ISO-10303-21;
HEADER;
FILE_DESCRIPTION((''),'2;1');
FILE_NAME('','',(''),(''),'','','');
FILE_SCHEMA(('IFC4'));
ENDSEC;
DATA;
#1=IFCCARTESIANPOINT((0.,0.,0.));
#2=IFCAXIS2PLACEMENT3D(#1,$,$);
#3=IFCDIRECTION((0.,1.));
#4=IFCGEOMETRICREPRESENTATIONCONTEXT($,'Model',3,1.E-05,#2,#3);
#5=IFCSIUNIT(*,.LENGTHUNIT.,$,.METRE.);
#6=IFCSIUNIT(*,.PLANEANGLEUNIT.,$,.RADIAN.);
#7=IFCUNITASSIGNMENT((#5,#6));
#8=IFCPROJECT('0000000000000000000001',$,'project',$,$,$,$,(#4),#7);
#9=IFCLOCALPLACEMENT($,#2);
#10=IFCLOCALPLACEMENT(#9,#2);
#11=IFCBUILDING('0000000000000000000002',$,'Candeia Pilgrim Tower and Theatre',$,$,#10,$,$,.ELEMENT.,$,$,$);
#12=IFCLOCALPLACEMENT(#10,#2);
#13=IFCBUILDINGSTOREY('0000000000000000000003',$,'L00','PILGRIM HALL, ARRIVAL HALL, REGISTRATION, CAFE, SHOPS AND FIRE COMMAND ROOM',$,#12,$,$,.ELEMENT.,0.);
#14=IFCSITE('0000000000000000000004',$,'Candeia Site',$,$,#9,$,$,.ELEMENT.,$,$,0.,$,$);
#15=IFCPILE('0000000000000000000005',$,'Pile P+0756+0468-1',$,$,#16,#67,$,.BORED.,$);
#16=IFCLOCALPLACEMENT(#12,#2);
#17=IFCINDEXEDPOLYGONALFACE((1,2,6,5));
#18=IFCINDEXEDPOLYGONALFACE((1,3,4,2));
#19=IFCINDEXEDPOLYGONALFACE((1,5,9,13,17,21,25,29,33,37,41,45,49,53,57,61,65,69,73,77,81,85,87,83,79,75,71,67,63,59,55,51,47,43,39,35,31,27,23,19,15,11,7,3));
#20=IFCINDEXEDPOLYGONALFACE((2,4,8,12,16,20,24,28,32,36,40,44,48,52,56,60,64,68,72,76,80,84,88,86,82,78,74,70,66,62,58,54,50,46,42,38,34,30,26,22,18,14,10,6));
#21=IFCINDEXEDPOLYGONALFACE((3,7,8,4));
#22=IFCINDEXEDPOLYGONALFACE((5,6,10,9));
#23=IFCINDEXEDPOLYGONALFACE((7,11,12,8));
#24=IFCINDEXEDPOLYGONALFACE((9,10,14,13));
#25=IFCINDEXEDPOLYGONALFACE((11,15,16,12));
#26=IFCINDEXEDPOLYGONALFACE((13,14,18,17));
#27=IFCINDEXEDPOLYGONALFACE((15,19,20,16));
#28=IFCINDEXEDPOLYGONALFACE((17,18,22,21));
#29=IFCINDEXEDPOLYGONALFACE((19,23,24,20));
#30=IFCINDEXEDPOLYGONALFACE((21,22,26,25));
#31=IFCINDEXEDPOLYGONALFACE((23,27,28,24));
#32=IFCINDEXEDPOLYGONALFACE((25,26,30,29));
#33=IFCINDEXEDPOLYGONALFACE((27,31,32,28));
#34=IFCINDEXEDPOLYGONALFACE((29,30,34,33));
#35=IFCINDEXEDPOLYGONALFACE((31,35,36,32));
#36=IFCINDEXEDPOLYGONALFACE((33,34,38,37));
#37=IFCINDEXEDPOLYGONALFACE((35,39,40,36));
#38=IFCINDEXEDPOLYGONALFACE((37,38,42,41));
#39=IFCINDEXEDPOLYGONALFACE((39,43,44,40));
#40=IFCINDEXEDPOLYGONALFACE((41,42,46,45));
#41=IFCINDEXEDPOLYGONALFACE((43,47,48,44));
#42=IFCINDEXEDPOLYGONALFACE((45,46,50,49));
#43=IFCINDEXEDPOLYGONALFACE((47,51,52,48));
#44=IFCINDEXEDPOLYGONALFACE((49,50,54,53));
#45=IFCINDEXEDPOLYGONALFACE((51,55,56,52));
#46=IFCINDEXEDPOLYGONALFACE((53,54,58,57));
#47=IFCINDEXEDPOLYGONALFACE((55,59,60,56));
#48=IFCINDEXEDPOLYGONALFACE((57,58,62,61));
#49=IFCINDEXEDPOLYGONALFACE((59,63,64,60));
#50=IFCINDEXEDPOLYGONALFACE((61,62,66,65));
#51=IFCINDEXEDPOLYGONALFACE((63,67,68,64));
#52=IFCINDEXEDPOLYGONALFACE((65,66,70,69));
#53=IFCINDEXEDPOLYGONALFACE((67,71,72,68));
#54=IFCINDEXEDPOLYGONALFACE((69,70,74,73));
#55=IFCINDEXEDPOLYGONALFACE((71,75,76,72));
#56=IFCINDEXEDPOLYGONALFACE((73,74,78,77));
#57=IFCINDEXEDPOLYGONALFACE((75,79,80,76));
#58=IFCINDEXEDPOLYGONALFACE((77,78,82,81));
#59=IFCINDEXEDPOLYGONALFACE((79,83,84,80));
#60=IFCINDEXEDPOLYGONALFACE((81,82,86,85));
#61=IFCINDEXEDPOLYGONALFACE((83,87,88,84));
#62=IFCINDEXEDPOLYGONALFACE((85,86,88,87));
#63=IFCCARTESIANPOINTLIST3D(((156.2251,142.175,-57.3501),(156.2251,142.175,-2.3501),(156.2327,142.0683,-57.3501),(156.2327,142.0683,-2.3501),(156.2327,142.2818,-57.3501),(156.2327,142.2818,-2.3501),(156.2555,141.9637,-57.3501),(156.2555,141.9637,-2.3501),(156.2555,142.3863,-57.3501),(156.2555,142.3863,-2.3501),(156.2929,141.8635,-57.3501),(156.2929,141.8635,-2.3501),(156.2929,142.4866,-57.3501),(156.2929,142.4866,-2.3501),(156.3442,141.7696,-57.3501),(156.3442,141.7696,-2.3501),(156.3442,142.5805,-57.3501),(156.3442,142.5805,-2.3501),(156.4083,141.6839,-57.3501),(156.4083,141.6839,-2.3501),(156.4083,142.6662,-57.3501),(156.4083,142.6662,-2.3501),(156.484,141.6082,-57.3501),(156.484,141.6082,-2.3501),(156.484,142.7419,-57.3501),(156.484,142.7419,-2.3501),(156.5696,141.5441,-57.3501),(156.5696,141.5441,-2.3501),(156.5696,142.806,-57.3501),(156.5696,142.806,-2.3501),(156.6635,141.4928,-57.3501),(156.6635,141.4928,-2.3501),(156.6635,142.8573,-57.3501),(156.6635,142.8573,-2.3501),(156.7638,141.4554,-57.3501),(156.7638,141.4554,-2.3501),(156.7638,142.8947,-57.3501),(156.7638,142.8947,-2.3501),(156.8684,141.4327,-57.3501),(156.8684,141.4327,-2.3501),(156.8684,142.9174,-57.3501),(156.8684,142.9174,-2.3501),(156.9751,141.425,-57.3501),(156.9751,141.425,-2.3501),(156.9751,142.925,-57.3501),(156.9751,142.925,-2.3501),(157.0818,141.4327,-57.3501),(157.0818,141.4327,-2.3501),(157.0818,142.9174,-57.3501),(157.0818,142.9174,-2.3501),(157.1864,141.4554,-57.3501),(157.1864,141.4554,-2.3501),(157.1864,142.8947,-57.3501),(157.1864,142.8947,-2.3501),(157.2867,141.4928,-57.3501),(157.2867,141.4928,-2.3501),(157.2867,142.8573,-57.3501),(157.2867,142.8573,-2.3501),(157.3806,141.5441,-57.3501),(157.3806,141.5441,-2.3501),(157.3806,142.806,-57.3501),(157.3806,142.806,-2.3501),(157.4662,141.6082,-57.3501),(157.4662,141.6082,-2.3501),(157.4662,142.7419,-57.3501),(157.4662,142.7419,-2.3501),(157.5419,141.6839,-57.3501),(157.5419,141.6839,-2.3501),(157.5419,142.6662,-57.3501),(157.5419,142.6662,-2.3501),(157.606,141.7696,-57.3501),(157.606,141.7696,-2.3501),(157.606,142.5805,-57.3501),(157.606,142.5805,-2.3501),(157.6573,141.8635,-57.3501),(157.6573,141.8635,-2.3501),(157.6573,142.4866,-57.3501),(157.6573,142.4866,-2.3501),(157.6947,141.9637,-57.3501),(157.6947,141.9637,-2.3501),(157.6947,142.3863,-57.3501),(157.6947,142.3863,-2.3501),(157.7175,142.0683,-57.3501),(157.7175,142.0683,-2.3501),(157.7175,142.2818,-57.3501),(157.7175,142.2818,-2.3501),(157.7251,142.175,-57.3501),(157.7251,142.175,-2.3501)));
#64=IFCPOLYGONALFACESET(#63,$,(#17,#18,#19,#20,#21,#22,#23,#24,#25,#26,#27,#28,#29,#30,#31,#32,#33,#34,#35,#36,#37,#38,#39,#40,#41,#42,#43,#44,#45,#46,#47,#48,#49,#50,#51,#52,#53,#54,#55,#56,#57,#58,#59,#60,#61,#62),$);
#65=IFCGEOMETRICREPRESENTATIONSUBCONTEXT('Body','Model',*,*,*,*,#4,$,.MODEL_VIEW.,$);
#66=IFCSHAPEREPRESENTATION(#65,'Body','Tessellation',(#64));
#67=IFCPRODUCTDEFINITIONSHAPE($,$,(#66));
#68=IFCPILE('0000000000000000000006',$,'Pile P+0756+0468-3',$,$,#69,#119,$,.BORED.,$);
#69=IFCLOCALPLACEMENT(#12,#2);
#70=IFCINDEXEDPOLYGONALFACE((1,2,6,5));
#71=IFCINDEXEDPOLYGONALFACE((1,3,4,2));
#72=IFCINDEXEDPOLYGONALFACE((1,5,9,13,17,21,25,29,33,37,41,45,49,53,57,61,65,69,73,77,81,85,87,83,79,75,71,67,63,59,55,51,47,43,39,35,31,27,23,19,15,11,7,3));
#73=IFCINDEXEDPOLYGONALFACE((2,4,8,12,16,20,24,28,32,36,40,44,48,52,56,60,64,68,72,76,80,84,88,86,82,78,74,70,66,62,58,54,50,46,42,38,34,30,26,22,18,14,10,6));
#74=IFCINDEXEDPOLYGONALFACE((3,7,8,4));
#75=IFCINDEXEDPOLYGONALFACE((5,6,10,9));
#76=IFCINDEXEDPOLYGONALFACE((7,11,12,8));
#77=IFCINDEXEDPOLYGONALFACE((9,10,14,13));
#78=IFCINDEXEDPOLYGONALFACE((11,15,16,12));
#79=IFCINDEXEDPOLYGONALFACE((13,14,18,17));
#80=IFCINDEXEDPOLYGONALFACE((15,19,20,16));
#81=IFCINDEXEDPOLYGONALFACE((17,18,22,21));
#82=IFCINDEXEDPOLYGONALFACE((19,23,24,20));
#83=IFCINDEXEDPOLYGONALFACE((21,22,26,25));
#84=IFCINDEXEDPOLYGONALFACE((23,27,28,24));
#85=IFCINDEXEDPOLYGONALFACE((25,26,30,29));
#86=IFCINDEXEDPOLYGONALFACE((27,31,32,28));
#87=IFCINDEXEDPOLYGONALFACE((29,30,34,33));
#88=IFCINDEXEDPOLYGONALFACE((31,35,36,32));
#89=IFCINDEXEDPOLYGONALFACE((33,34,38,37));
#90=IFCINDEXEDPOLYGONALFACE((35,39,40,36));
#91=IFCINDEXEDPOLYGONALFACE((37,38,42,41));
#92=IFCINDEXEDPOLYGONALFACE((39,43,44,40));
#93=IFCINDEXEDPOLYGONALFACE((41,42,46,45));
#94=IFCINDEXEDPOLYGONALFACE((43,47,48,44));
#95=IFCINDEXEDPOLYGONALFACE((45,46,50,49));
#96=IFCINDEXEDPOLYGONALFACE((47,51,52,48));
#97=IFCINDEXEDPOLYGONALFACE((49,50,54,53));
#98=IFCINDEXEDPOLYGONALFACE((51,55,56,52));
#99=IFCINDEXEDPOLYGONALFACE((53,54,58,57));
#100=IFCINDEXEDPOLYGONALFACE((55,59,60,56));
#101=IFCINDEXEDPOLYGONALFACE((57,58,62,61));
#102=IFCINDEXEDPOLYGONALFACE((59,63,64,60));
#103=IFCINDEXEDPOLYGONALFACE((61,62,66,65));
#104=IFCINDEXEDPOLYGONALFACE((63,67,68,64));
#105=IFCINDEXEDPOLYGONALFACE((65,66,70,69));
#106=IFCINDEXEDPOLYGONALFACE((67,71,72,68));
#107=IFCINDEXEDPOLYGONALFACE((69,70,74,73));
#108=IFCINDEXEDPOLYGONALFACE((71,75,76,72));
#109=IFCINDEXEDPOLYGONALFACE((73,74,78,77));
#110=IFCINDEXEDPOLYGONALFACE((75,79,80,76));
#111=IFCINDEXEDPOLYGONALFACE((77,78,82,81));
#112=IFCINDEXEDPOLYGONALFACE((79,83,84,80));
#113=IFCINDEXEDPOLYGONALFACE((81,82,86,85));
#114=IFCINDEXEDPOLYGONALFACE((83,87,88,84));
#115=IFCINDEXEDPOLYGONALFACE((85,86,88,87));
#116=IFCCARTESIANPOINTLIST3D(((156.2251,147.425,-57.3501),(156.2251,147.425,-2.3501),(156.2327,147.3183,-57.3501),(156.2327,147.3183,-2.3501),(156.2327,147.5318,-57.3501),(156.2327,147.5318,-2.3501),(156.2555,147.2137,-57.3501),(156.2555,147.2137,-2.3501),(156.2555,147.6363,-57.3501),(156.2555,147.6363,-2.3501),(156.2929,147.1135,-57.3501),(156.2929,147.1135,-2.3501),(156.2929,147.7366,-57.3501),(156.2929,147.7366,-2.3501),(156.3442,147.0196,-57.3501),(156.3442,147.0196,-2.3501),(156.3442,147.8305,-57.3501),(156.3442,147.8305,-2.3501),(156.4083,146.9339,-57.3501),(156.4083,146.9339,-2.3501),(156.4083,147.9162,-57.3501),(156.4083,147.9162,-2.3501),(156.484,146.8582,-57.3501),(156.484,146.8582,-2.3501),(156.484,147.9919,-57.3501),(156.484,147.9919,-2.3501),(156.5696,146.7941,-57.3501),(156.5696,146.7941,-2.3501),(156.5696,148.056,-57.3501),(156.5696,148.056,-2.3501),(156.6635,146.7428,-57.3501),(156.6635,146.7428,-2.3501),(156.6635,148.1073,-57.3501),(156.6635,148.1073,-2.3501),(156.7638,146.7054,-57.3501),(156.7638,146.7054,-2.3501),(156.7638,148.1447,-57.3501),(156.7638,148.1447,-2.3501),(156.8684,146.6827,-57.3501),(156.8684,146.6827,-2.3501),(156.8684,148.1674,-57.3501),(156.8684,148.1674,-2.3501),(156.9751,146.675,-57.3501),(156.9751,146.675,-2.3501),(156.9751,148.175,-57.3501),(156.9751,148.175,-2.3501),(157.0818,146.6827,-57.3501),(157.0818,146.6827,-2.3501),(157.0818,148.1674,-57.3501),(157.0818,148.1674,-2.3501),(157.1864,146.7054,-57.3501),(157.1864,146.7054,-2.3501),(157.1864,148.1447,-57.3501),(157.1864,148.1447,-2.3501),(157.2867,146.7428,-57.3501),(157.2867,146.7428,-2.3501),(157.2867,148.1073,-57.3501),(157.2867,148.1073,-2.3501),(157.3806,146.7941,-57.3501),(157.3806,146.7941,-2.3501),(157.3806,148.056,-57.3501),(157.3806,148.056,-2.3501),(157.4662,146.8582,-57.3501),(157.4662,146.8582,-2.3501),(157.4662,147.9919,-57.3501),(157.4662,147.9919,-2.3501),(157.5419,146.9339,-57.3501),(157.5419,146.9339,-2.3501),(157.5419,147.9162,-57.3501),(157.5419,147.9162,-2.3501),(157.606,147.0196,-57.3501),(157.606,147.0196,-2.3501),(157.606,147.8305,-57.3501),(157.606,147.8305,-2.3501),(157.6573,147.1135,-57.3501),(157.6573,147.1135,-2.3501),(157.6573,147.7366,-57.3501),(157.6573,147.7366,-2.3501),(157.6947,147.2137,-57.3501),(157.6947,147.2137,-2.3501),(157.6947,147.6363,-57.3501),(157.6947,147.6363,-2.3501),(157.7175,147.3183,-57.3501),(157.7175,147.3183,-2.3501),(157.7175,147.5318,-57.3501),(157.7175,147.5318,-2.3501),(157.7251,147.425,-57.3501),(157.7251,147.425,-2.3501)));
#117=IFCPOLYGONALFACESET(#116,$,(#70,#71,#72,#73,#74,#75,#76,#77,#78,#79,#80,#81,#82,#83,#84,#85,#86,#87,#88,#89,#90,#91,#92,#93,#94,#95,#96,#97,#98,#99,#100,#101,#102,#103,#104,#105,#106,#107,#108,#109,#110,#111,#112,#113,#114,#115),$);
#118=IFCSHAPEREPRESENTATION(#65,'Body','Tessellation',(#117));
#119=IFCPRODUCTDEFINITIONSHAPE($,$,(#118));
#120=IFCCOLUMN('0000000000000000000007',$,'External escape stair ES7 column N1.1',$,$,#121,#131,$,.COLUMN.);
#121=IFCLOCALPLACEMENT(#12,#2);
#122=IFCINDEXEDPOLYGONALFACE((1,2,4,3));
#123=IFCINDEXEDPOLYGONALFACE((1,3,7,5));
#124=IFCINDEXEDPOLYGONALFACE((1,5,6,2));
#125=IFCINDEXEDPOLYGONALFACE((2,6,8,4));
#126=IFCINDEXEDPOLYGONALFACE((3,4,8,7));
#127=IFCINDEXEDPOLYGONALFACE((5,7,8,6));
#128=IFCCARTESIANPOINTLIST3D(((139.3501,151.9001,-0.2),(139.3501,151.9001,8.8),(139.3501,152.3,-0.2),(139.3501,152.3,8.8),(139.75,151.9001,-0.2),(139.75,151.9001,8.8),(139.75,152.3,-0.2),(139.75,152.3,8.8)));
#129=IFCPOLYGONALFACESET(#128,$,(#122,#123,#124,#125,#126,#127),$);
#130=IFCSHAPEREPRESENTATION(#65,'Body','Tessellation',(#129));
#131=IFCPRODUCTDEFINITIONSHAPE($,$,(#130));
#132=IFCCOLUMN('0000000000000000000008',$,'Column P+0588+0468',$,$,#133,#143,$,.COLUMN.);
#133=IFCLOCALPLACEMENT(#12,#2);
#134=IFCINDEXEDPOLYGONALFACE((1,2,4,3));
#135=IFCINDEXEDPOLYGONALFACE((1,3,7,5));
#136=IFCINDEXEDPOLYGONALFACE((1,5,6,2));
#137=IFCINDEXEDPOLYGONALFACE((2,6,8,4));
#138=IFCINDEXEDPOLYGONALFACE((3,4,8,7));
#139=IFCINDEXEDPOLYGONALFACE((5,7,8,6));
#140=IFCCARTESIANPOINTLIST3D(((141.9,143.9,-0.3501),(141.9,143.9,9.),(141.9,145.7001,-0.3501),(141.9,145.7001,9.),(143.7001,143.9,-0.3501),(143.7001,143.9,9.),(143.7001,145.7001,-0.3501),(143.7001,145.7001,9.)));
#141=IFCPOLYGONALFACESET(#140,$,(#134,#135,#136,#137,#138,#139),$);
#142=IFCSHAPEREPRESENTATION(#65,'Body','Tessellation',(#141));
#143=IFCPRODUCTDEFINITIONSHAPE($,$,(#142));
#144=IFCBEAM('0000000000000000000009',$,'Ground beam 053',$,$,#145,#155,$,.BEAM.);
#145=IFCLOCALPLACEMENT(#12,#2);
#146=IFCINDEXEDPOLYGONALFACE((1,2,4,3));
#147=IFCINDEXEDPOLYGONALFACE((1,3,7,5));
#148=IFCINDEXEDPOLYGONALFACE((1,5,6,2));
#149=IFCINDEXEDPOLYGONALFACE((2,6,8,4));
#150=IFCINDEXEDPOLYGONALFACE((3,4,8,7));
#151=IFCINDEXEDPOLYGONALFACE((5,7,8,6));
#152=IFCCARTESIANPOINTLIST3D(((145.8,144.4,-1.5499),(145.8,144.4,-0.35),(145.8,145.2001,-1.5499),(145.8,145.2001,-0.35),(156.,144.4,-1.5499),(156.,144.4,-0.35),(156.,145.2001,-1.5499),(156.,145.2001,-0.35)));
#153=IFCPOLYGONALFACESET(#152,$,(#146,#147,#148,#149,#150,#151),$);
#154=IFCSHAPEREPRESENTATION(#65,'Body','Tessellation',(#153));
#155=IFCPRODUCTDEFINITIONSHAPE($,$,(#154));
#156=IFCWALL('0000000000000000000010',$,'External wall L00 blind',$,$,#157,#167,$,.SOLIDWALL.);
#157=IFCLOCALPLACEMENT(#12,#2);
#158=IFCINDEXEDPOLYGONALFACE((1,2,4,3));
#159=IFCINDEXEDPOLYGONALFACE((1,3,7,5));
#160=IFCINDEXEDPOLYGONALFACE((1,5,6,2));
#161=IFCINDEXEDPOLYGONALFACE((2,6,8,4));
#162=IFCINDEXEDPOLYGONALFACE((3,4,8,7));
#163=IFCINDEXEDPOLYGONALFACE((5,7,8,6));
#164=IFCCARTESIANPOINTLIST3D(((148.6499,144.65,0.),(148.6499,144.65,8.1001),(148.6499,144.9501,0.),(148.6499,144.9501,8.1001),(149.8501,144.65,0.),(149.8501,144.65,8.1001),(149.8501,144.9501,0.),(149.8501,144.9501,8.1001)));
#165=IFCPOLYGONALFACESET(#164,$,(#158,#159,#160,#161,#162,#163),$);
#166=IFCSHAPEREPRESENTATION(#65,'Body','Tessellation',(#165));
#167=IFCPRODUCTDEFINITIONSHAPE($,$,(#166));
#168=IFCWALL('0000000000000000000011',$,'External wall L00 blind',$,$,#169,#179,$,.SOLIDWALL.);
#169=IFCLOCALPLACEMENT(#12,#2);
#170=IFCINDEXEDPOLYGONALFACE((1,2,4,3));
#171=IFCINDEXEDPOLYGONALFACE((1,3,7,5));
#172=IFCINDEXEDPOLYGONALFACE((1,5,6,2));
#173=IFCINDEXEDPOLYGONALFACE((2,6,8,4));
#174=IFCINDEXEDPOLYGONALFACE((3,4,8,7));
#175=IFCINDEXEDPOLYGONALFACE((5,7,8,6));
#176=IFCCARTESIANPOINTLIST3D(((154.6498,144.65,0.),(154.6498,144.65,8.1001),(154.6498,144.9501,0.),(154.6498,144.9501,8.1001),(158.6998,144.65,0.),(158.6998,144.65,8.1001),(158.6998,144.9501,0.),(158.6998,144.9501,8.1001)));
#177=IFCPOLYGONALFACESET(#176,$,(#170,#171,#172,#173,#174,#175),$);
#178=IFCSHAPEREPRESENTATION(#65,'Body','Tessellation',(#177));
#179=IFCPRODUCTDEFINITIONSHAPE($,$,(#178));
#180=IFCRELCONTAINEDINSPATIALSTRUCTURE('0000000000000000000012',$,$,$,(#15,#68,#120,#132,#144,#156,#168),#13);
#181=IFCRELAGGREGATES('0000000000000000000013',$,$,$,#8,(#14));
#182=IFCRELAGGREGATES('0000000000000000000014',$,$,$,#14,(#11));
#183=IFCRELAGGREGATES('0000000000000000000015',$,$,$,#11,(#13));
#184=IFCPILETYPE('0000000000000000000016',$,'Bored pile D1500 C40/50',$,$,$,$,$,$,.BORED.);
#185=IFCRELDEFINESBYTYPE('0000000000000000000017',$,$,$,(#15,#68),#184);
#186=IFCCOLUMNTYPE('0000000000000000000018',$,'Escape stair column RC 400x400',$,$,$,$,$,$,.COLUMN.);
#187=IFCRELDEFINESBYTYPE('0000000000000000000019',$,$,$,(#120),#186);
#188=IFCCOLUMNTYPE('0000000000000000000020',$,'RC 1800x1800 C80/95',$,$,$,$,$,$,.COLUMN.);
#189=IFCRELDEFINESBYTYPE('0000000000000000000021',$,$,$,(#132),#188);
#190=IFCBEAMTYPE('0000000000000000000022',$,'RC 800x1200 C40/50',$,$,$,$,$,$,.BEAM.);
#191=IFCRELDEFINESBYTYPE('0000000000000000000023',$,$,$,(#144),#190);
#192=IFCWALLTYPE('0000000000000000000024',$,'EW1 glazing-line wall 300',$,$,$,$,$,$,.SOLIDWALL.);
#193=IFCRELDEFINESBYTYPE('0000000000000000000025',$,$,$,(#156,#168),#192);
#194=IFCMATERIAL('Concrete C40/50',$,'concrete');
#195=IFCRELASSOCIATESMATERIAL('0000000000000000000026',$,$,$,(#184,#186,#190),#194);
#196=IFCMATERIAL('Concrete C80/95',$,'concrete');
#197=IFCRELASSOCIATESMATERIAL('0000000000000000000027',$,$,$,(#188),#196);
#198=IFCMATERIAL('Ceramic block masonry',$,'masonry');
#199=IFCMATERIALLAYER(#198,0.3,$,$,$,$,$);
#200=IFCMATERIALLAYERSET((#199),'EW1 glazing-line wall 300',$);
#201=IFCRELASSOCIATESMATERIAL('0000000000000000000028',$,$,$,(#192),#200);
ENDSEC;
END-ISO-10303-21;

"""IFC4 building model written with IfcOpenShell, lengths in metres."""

from ifc_helpers import new_model, si_unit, direction, frame, frame_2d, origin, origin_2d, place, context, subcontext, project, spatial, rectangle, circle, extrude, material, layer, layer_set, material_profile, profile_set, type_object, element, save


model = new_model("IFC4")

# Units and contexts
model_context = context("Model", 3, precision=1e-05, world=origin(), true_north=direction((0.0, 1.0)))
body_context = subcontext(model_context, "Body", "Model", "MODEL_VIEW")
ifc_project = project(units=[si_unit("LENGTHUNIT", "METRE"), si_unit("PLANEANGLEUNIT", "RADIAN")], contexts=[model_context])

# Site, building, storey
site_placement = place(None, origin())
site = spatial("IfcSite", under=ifc_project, at=site_placement, Name="Candeia Site", CompositionType="ELEMENT", RefElevation=0.0)
building_placement = place(site_placement, origin())
building = spatial("IfcBuilding", under=site, at=building_placement, Name="Candeia Pilgrim Tower and Theatre", CompositionType="ELEMENT")
storey_placement = place(building_placement, origin())
storey = spatial("IfcBuildingStorey", under=building, at=storey_placement, Name="L00", Description="PILGRIM HALL, ARRIVAL HALL, REGISTRATION, CAFE, SHOPS AND FIRE COMMAND ROOM", CompositionType="ELEMENT", Elevation=0.0)

# Piles
ifc_material_1 = material(Name="Concrete C40/50", Category="concrete")
ifc_material_profile_1 = material_profile(ifc_material_1, circle(Radius=0.75, at=origin_2d()))
ifc_profile_set_1 = profile_set([ifc_material_profile_1], Name="Concrete C40/50")
pile_type = type_object("IfcPileType", Name="Bored pile D1500 C40/50", PredefinedType="BORED", material=ifc_profile_set_1)
for number, where, z_axis, x_axis, name in (
    (1, (156.9751, 142.175, -2.3501), (0.0, 0.0, -1.0), (1.0, 0.0, 0.0), "Pile P+0756+0468-1"),
    (2, (156.9751, 147.425, -2.3501), (0.0, 0.0, -1.0), (1.0, 0.0, 0.0), "Pile P+0756+0468-3"),
):
    element("IfcPile", number, at=place(storey_placement, frame(where, z_axis=z_axis, x_axis=x_axis)), inside=storey, type_object=pile_type, Name=name, PredefinedType="BORED", context=body_context, shape_type="SweptSolid", body=[
        extrude(circle(Radius=0.75, at=origin_2d()), origin(), (0.0, 0.0, 1.0), 55.0),
    ])

# Columns
ifc_material_profile_2 = material_profile(ifc_material_1, rectangle(XDim=0.3999, YDim=0.3999, at=origin_2d()))
ifc_profile_set_2 = profile_set([ifc_material_profile_2], Name="Concrete C40/50")
column_type_1 = type_object("IfcColumnType", Name="Escape stair column RC 400x400", PredefinedType="COLUMN", material=ifc_profile_set_2)
column_1_placement = place(storey_placement, frame((139.55, 152.1001, -0.2), z_axis=(0.0, 0.0, 1.0), x_axis=(1.0, 0.0, 0.0)))
element("IfcColumn", 3, at=column_1_placement, inside=storey, type_object=column_type_1, Name="External escape stair ES7 column N1.1", PredefinedType="COLUMN", context=body_context, shape_type="SweptSolid", body=[
    extrude(rectangle(XDim=0.3999, YDim=0.3999, at=origin_2d()), origin(), (0.0, 0.0, 1.0), 9.0),
])
ifc_material_2 = material(Name="Concrete C80/95", Category="concrete")
ifc_material_profile_3 = material_profile(ifc_material_2, rectangle(XDim=1.8, YDim=1.8, at=origin_2d()))
ifc_profile_set_3 = profile_set([ifc_material_profile_3], Name="Concrete C80/95")
column_type_2 = type_object("IfcColumnType", Name="RC 1800x1800 C80/95", PredefinedType="COLUMN", material=ifc_profile_set_3)
column_2_placement = place(storey_placement, frame((142.8, 144.8, -0.3501), z_axis=(0.0, 0.0, 1.0), x_axis=(1.0, 0.0, 0.0)))
element("IfcColumn", 4, at=column_2_placement, inside=storey, type_object=column_type_2, Name="Column P+0588+0468", PredefinedType="COLUMN", context=body_context, shape_type="SweptSolid", body=[
    extrude(rectangle(XDim=1.8, YDim=1.8, at=origin_2d()), origin(), (0.0, 0.0, 1.0), 9.3501),
])

# Beam
ifc_material_profile_4 = material_profile(ifc_material_1, rectangle(XDim=0.8, YDim=1.2, at=origin_2d()))
ifc_profile_set_4 = profile_set([ifc_material_profile_4], Name="Concrete C40/50")
beam_type = type_object("IfcBeamType", Name="RC 800x1200 C40/50", PredefinedType="BEAM", material=ifc_profile_set_4)
beam_placement = place(storey_placement, frame((156.0, 144.8, -0.95), z_axis=(-1.0, 0.0, 0.0), x_axis=(0.0, -1.0, 0.0)))
element("IfcBeam", 5, at=beam_placement, inside=storey, type_object=beam_type, Name="Ground beam 053", PredefinedType="BEAM", context=body_context, shape_type="SweptSolid", body=[
    extrude(rectangle(XDim=0.8, YDim=1.2, at=origin_2d()), origin(), (0.0, 0.0, 1.0), 10.2),
])

# Walls
ifc_material_3 = material(Name="Ceramic block masonry", Category="masonry")
ifc_layer_1 = layer(ifc_material_3, 0.3)
ifc_layer_set_1 = layer_set([ifc_layer_1], Name="EW1 glazing-line wall 300")
wall_type_1 = type_object("IfcWallType", Name="EW1 glazing-line wall 300", PredefinedType="SOLIDWALL", material=ifc_layer_set_1)
wall_1_placement = place(storey_placement, frame((148.6499, 144.8, 0.0), z_axis=(0.0, 0.0, 1.0), x_axis=(1.0, 0.0, 0.0)))
element("IfcWall", 6, at=wall_1_placement, inside=storey, type_object=wall_type_1, Name="External wall L00 blind", PredefinedType="SOLIDWALL", context=body_context, shape_type="SweptSolid", body=[
    extrude(rectangle(XDim=1.2002, YDim=0.3, at=frame_2d((0.6001, 0.0))), origin(), (0.0, 0.0, 1.0), 8.1001),
])
wall_2_placement = place(storey_placement, frame((154.6499, 144.8, 0.0), z_axis=(0.0, 0.0, 1.0), x_axis=(1.0, 0.0, 0.0)))
element("IfcWall", 7, at=wall_2_placement, inside=storey, type_object=wall_type_1, Name="External wall L00 blind", PredefinedType="SOLIDWALL", context=body_context, shape_type="SweptSolid", body=[
    extrude(rectangle(XDim=4.05, YDim=0.3, at=frame_2d((2.0249, 0.0))), origin(), (0.0, 0.0, 1.0), 8.1001),
])

save(model, "model.ifc")
